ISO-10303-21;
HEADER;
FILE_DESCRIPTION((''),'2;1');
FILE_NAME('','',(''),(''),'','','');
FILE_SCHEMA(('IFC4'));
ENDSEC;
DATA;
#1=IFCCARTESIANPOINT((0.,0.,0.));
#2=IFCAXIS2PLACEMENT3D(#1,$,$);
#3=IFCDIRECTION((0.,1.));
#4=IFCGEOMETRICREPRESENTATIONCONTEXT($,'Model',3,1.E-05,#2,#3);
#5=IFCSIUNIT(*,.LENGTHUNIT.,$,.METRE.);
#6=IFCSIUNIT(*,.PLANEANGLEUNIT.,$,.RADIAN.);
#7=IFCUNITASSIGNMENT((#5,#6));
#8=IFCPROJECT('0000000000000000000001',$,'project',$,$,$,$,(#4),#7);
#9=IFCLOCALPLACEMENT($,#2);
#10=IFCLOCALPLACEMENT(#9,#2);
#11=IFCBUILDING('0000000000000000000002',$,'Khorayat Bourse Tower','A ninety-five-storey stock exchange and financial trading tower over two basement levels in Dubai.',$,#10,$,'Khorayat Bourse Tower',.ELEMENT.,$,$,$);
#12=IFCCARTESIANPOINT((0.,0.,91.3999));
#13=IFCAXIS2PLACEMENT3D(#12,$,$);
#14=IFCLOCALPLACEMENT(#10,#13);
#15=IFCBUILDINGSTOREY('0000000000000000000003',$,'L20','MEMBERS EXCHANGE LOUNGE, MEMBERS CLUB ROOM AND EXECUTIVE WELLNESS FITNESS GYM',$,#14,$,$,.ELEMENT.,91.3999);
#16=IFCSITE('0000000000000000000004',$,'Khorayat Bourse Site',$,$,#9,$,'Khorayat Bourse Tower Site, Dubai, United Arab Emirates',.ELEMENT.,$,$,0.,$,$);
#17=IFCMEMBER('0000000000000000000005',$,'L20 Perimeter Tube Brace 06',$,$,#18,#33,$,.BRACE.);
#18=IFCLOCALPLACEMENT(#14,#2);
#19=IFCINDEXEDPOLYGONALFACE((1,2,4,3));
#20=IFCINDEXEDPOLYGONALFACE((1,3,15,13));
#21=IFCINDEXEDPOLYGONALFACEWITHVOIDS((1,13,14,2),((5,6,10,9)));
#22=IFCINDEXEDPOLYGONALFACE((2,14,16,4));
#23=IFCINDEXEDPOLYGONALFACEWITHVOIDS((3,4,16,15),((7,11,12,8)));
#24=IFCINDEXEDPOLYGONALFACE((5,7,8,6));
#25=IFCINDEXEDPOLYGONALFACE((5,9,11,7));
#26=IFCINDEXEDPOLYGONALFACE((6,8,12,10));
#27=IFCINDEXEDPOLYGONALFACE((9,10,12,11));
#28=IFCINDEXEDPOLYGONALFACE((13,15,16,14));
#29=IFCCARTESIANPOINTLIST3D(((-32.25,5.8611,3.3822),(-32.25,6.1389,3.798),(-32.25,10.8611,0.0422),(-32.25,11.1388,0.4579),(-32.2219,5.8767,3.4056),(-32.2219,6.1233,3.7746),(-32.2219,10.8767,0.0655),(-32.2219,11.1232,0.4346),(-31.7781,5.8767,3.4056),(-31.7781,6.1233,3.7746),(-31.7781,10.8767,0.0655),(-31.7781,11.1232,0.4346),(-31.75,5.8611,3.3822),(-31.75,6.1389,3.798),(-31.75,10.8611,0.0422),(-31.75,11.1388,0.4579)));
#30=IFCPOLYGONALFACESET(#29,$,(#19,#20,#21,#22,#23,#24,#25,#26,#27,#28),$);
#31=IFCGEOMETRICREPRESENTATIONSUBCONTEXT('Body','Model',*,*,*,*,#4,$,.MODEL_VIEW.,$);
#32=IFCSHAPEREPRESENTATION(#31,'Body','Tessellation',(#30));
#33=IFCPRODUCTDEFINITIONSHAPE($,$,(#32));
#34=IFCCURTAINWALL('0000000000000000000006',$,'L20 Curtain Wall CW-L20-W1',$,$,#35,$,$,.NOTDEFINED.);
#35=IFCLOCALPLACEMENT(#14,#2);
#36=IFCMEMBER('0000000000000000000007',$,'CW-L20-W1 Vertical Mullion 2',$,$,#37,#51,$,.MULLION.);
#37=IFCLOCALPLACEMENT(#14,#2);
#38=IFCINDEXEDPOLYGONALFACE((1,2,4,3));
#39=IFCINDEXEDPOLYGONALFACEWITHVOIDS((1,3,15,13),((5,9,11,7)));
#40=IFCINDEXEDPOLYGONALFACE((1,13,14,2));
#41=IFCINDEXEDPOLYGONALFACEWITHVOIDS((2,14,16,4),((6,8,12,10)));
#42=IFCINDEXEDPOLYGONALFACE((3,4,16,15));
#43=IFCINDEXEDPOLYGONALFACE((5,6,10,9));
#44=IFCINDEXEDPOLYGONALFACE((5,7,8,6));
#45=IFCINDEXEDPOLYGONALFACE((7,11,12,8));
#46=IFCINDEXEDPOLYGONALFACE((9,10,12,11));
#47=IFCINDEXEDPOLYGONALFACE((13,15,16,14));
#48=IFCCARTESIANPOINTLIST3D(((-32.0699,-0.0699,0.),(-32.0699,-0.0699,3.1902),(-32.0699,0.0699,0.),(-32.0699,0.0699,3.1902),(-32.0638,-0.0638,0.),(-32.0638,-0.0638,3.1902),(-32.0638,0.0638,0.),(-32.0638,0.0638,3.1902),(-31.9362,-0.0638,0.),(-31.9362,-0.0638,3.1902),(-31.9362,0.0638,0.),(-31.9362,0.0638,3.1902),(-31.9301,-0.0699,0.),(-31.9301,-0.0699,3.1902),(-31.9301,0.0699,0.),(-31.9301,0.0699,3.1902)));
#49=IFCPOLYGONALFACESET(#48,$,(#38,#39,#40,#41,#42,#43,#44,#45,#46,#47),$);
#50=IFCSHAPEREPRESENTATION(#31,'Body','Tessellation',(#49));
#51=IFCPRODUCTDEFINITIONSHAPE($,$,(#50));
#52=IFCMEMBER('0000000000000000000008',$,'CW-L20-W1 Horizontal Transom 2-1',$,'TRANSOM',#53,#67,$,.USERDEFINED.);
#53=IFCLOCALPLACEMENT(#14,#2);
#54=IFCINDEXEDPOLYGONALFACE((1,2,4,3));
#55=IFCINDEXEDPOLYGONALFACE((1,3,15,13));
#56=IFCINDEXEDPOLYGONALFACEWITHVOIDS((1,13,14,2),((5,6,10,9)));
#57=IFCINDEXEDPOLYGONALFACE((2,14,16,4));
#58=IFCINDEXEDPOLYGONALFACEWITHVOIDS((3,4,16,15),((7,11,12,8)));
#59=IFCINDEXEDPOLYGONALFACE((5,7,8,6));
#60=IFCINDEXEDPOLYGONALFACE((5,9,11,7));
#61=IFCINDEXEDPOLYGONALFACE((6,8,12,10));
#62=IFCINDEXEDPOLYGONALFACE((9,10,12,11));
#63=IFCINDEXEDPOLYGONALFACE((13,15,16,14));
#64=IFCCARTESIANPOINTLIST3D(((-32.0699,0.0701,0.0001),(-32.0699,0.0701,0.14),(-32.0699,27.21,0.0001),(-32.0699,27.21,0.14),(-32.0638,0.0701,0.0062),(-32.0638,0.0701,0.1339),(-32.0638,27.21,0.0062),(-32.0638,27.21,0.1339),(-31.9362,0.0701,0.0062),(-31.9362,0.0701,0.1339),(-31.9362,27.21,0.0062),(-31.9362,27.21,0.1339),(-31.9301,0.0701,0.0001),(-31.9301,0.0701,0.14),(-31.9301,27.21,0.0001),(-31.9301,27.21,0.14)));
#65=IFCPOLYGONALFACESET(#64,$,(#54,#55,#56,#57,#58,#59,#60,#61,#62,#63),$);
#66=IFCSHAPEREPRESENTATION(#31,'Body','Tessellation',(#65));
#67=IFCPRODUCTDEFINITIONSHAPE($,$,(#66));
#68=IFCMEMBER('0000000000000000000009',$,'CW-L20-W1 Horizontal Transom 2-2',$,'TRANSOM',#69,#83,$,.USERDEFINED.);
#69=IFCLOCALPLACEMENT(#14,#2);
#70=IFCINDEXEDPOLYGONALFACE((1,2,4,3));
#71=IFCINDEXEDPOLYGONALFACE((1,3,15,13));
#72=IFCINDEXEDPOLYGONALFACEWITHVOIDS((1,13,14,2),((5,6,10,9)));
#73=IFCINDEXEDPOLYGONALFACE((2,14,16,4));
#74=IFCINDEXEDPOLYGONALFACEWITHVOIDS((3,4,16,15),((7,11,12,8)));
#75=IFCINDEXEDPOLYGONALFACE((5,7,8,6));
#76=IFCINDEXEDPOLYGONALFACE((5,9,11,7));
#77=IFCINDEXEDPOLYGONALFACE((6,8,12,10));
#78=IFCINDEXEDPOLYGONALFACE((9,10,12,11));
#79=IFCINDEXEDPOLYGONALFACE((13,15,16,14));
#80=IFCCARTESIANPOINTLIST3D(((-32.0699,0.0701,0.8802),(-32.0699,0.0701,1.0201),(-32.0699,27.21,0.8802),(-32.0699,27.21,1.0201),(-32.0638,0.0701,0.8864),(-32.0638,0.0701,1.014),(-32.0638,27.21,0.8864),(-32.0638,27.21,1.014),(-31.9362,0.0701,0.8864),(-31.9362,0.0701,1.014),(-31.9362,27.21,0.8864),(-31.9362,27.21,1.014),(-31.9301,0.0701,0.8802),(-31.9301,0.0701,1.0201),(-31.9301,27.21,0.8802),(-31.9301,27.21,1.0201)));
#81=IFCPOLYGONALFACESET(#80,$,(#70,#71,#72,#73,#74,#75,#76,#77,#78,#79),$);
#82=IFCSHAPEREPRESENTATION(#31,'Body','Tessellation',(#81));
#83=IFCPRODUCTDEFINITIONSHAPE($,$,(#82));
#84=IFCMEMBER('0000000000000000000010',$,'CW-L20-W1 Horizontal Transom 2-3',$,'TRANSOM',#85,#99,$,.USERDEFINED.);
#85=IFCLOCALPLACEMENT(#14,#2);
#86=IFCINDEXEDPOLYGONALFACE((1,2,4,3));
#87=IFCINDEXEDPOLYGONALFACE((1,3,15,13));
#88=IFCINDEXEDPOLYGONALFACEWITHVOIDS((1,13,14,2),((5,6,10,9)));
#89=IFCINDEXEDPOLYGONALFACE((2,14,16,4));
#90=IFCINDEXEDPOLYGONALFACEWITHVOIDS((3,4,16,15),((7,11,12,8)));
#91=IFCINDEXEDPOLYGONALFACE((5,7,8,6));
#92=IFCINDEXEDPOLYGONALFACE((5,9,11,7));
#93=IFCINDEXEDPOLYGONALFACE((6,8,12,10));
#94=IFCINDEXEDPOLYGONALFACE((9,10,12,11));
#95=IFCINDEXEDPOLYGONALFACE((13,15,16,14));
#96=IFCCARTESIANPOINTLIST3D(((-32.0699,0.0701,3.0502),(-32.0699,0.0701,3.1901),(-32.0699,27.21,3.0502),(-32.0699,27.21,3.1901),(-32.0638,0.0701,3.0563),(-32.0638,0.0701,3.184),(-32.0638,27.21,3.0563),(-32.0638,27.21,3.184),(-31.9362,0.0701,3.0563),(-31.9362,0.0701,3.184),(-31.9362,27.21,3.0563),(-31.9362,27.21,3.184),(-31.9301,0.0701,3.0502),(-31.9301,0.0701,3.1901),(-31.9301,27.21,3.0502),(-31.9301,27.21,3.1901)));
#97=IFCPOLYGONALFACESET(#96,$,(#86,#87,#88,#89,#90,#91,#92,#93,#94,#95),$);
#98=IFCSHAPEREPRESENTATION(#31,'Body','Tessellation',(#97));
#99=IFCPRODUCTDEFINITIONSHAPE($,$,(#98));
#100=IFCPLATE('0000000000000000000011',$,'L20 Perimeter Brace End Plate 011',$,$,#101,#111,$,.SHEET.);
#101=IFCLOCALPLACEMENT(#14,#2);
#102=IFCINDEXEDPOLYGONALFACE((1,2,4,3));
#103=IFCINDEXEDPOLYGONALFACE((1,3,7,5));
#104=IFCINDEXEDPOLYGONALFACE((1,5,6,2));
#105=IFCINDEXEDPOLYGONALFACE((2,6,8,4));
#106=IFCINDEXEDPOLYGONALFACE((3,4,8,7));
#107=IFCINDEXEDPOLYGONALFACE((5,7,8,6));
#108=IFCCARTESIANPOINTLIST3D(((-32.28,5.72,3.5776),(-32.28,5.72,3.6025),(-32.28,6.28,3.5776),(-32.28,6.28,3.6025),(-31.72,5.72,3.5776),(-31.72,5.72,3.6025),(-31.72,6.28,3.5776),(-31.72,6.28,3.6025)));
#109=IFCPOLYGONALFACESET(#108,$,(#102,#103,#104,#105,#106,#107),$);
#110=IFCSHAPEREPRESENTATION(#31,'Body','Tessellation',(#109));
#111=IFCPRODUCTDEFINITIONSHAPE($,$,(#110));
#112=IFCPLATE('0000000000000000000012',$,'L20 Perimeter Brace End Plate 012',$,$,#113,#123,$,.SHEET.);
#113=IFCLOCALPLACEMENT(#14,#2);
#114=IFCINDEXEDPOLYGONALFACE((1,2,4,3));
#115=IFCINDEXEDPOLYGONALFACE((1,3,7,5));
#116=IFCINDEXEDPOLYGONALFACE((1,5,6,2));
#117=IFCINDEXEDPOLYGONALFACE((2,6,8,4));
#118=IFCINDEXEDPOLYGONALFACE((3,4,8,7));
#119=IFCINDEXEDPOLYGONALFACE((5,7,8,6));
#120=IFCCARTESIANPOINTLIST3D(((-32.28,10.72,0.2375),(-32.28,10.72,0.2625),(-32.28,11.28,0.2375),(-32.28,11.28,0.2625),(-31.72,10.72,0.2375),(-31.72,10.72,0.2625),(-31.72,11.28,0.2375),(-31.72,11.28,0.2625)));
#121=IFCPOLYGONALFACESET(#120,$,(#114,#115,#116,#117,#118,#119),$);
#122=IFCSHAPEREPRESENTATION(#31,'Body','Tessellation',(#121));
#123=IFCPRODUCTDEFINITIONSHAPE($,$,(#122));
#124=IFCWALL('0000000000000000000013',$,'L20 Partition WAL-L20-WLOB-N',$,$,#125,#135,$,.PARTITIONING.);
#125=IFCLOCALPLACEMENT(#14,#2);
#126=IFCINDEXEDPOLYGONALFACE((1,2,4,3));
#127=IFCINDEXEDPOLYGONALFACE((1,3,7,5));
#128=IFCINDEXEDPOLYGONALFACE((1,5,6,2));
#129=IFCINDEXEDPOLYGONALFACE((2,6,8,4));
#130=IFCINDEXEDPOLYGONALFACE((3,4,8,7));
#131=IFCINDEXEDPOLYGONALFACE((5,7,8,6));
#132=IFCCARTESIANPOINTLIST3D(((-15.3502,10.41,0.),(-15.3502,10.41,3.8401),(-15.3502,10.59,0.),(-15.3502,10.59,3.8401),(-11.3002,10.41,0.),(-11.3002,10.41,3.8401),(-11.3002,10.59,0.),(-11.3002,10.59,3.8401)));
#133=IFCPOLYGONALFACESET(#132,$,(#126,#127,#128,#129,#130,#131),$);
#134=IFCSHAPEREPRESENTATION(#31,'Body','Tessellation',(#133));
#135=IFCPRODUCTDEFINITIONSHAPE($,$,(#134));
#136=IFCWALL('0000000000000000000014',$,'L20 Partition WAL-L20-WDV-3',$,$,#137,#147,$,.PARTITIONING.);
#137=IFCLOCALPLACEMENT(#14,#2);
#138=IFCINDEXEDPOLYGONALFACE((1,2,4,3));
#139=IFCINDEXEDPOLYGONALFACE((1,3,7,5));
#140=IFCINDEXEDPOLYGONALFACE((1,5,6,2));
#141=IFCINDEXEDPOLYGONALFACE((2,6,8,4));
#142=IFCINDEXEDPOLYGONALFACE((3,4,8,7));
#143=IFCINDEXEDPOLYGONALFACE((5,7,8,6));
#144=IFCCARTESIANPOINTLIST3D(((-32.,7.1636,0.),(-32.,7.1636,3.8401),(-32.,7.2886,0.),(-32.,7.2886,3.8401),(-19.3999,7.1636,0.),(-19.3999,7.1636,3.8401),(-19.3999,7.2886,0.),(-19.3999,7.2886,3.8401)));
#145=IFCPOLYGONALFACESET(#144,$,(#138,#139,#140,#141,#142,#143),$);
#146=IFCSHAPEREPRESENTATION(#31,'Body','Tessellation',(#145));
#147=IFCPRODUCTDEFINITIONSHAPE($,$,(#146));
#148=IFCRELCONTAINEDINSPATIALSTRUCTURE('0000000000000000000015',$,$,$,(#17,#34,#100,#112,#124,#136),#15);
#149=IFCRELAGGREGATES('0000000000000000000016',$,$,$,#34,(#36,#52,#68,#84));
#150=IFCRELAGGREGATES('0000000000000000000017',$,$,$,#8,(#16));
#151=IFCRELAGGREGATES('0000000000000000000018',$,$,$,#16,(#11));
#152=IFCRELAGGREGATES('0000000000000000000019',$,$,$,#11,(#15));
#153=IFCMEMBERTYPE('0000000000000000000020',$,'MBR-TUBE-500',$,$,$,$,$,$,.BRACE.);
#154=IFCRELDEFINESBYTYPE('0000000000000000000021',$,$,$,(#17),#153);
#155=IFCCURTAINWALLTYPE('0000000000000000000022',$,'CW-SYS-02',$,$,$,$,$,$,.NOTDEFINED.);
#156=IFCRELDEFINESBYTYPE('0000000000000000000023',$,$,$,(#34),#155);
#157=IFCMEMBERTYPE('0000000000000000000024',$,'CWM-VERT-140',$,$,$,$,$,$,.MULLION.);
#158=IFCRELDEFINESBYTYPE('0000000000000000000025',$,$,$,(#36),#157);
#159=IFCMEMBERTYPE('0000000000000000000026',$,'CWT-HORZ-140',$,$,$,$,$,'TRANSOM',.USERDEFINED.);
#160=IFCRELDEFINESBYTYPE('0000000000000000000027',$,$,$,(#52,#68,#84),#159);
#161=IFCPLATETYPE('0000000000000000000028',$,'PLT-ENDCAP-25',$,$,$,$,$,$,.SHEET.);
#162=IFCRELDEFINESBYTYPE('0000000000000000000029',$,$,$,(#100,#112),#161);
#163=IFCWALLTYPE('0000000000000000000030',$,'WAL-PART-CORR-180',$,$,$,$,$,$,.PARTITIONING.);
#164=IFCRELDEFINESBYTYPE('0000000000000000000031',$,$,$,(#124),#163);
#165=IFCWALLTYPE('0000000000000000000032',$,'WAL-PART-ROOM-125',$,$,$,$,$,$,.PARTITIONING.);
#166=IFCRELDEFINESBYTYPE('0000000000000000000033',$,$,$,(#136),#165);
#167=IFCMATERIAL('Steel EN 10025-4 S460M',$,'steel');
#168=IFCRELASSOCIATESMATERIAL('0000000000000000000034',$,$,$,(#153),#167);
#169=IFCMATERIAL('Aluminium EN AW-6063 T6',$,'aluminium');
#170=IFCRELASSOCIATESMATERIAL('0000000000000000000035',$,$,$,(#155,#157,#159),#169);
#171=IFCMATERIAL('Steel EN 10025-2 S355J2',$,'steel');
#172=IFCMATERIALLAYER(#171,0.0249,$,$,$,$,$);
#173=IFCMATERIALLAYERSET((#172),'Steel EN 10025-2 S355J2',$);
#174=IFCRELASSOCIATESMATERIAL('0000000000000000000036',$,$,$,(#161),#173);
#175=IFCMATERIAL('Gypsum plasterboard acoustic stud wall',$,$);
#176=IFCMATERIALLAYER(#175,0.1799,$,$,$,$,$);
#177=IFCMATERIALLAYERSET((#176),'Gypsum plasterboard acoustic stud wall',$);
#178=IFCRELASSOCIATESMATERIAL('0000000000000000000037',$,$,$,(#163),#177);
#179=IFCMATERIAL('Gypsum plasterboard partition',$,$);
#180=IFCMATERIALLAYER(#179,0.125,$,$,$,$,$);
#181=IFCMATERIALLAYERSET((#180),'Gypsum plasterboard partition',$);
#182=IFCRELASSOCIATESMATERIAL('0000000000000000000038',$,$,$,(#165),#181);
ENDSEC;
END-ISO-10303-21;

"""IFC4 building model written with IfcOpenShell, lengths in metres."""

from ifc_helpers import new_model, si_unit, direction, frame, frame_2d, origin, origin_2d, place, context, subcontext, project, spatial, rectangle, hollow_rectangle, extrude, source, transform, mapped, material, layer, layer_set, material_profile, profile_set, type_object, element, aggregate, save


model = new_model("IFC4")

# Units and contexts
model_context = context("Model", 3, precision=1e-05, world=origin(), true_north=direction((0.0, 1.0)))
body_context = subcontext(model_context, "Body", "Model", "MODEL_VIEW")
ifc_project = project(units=[si_unit("LENGTHUNIT", "METRE"), si_unit("PLANEANGLEUNIT", "RADIAN")], contexts=[model_context])

# Site, building, storey
site_placement = place(None, origin())
site = spatial("IfcSite", under=ifc_project, at=site_placement, Name="Khorayat Bourse Site", LongName="Khorayat Bourse Tower Site, Dubai, United Arab Emirates", CompositionType="ELEMENT", RefElevation=0.0)
building_placement = place(site_placement, origin())
building = spatial("IfcBuilding", under=site, at=building_placement, Name="Khorayat Bourse Tower", Description="A ninety-five-storey stock exchange and financial trading tower over two basement levels in Dubai.", LongName="Khorayat Bourse Tower", CompositionType="ELEMENT")
storey_placement = place(building_placement, frame((0.0, 0.0, 91.3999)))
storey = spatial("IfcBuildingStorey", under=building, at=storey_placement, Name="L20", Description="MEMBERS EXCHANGE LOUNGE, MEMBERS CLUB ROOM AND EXECUTIVE WELLNESS FITNESS GYM", CompositionType="ELEMENT", Elevation=91.3999)

# Shared definitions
ifc_material_1 = material(Name="Steel EN 10025-4 S460M", Category="steel")

# Member
ifc_material_profile_1 = material_profile(ifc_material_1, hollow_rectangle(XDim=0.5, YDim=0.5, WallThickness=0.0281, at=origin_2d()), Name="HSS 500x500x28")
ifc_profile_set_1 = profile_set([ifc_material_profile_1], Name="Steel EN 10025-4 S460M")
member_type_1 = type_object("IfcMemberType", Name="MBR-TUBE-500", PredefinedType="BRACE", material=ifc_profile_set_1)
shared_shape_1 = source(origin(), body_context, "Body", "SweptSolid", [
    extrude(hollow_rectangle(XDim=0.5, YDim=0.5, WallThickness=0.0281, at=origin_2d()), origin(), (0.0, 0.0, 1.0), 6.0129),
])
member_1_placement = place(storey_placement, frame((-32.0, 6.0, 3.5901), z_axis=(0.0, 0.831531, -0.555478), x_axis=(-1.0, 0.0, 0.0)))
element("IfcMember", 1, at=member_1_placement, inside=storey, type_object=member_type_1, Name="L20 Perimeter Tube Brace 06", PredefinedType="BRACE", context=body_context, shape_type="MappedRepresentation", body=[
    mapped(shared_shape_1, transform((0.0, 0.0, 0.0), scale=1.0)),
])

# Curtain wall, members
ifc_material_2 = material(Name="Aluminium EN AW-6063 T6", Category="aluminium")
curtain_wall_type = type_object("IfcCurtainWallType", Name="CW-SYS-02", PredefinedType="NOTDEFINED", material=ifc_material_2)
curtain_wall_placement = place(storey_placement, origin())
curtain_wall = element("IfcCurtainWall", 2, at=curtain_wall_placement, inside=storey, type_object=curtain_wall_type, Name="L20 Curtain Wall CW-L20-W1", PredefinedType="NOTDEFINED")
ifc_material_profile_2 = material_profile(ifc_material_2, hollow_rectangle(XDim=0.1399, YDim=0.1399, WallThickness=0.0061, at=origin_2d()), Name="ALU 140x140x6")
ifc_profile_set_2 = profile_set([ifc_material_profile_2], Name="Aluminium EN AW-6063 T6")
member_type_2 = type_object("IfcMemberType", Name="CWM-VERT-140", PredefinedType="MULLION", material=ifc_profile_set_2)
shared_shape_2 = source(origin(), body_context, "Body", "SweptSolid", [
    extrude(hollow_rectangle(XDim=0.1399, YDim=0.1399, WallThickness=0.0061, at=origin_2d()), origin(), (0.0, 0.0, 1.0), 3.1902),
])
member_2_placement = place(storey_placement, frame((-32.0, 0.0, 0.0), z_axis=(0.0, 0.0, 1.0), x_axis=(-1.0, 0.0, 0.0)))
member_2 = element("IfcMember", 3, at=member_2_placement, type_object=member_type_2, Name="CW-L20-W1 Vertical Mullion 2", PredefinedType="MULLION", context=body_context, shape_type="MappedRepresentation", body=[
    mapped(shared_shape_2, transform((0.0, 0.0, 0.0), scale=1.0)),
])
ifc_material_profile_3 = material_profile(ifc_material_2, hollow_rectangle(XDim=0.1399, YDim=0.1399, WallThickness=0.0061, at=origin_2d()), Name="ALU 140x140x6")
ifc_profile_set_3 = profile_set([ifc_material_profile_3], Name="Aluminium EN AW-6063 T6")
member_type_3 = type_object("IfcMemberType", Name="CWT-HORZ-140", ElementType="TRANSOM", PredefinedType="USERDEFINED", material=ifc_profile_set_3)
shared_shape_3 = source(origin(), body_context, "Body", "SweptSolid", [
    extrude(hollow_rectangle(XDim=0.1399, YDim=0.1399, WallThickness=0.0061, at=origin_2d()), origin(), (0.0, 0.0, 1.0), 27.1399),
])
member_3_placement = place(storey_placement, frame((-32.0, 0.0701, 0.0701), z_axis=(0.0, 1.0, 0.0), x_axis=(-1.0, 0.0, 0.0)))
member_3 = element("IfcMember", 4, at=member_3_placement, type_object=member_type_3, Name="CW-L20-W1 Horizontal Transom 2-1", ObjectType="TRANSOM", PredefinedType="USERDEFINED", context=body_context, shape_type="MappedRepresentation", body=[
    mapped(shared_shape_3, transform((0.0, 0.0, 0.0), scale=1.0)),
])
member_4_placement = place(storey_placement, frame((-32.0, 0.0701, 0.9502), z_axis=(0.0, 1.0, 0.0), x_axis=(-1.0, 0.0, 0.0)))
member_4 = element("IfcMember", 5, at=member_4_placement, type_object=member_type_3, Name="CW-L20-W1 Horizontal Transom 2-2", ObjectType="TRANSOM", PredefinedType="USERDEFINED", context=body_context, shape_type="MappedRepresentation", body=[
    mapped(shared_shape_3, transform((0.0, 0.0, 0.0), scale=1.0)),
])
member_5_placement = place(storey_placement, frame((-32.0, 0.0701, 3.1201), z_axis=(0.0, 1.0, 0.0), x_axis=(-1.0, 0.0, 0.0)))
member_5 = element("IfcMember", 6, at=member_5_placement, type_object=member_type_3, Name="CW-L20-W1 Horizontal Transom 2-3", ObjectType="TRANSOM", PredefinedType="USERDEFINED", context=body_context, shape_type="MappedRepresentation", body=[
    mapped(shared_shape_3, transform((0.0, 0.0, 0.0), scale=1.0)),
])
aggregate(curtain_wall, [member_2, member_3, member_4, member_5])

# Plates
ifc_material_3 = material(Name="Steel EN 10025-2 S355J2", Category="steel")
ifc_layer_1 = layer(ifc_material_3, 0.0249)
ifc_layer_set_1 = layer_set([ifc_layer_1], Name="Steel EN 10025-2 S355J2")
plate_type = type_object("IfcPlateType", Name="PLT-ENDCAP-25", PredefinedType="SHEET", material=ifc_layer_set_1)
shared_shape_4 = source(origin(), body_context, "Body", "SweptSolid", [
    extrude(rectangle(XDim=0.5601, YDim=0.5601, at=origin_2d()), origin(), (0.0, 0.0, 1.0), 0.0249),
])
for number, where, z_axis, x_axis, name in (
    (7, (-32.0, 6.0, 3.5776), (0.0, 0.0, 1.0), (1.0, 0.0, 0.0), "L20 Perimeter Brace End Plate 011"),
    (8, (-32.0, 11.0, 0.2375), (0.0, 0.0, 1.0), (1.0, 0.0, 0.0), "L20 Perimeter Brace End Plate 012"),
):
    element("IfcPlate", number, at=place(storey_placement, frame(where, z_axis=z_axis, x_axis=x_axis)), inside=storey, type_object=plate_type, Name=name, PredefinedType="SHEET", context=body_context, shape_type="MappedRepresentation", body=[
        mapped(shared_shape_4, transform((0.0, 0.0, 0.0), scale=1.0)),
    ])

# Walls
ifc_material_4 = material(Name="Gypsum plasterboard acoustic stud wall")
ifc_layer_2 = layer(ifc_material_4, 0.1799)
ifc_layer_set_2 = layer_set([ifc_layer_2], Name="Gypsum plasterboard acoustic stud wall")
wall_type_1 = type_object("IfcWallType", Name="WAL-PART-CORR-180", PredefinedType="PARTITIONING", material=ifc_layer_set_2)
shared_shape_5 = source(origin(), body_context, "Body", "SweptSolid", [
    extrude(rectangle(XDim=4.05, YDim=0.1799, at=frame_2d((2.0249, 0.0))), origin(), (0.0, 0.0, 1.0), 3.8401),
])
wall_1_placement = place(storey_placement, frame((-15.3501, 10.5, 0.0), z_axis=(0.0, 0.0, 1.0), x_axis=(1.0, 0.0, 0.0)))
element("IfcWall", 9, at=wall_1_placement, inside=storey, type_object=wall_type_1, Name="L20 Partition WAL-L20-WLOB-N", PredefinedType="PARTITIONING", context=body_context, shape_type="MappedRepresentation", body=[
    mapped(shared_shape_5, transform((0.0, 0.0, 0.0), scale=1.0)),
])
ifc_material_5 = material(Name="Gypsum plasterboard partition")
ifc_layer_3 = layer(ifc_material_5, 0.125)
ifc_layer_set_3 = layer_set([ifc_layer_3], Name="Gypsum plasterboard partition")
wall_type_2 = type_object("IfcWallType", Name="WAL-PART-ROOM-125", PredefinedType="PARTITIONING", material=ifc_layer_set_3)
shared_shape_6 = source(origin(), body_context, "Body", "SweptSolid", [
    extrude(rectangle(XDim=12.6001, YDim=0.125, at=frame_2d((6.3, 0.0))), origin(), (0.0, 0.0, 1.0), 3.8401),
])
wall_2_placement = place(storey_placement, frame((-32.0, 7.2261, 0.0), z_axis=(0.0, 0.0, 1.0), x_axis=(1.0, 0.0, 0.0)))
element("IfcWall", 10, at=wall_2_placement, inside=storey, type_object=wall_type_2, Name="L20 Partition WAL-L20-WDV-3", PredefinedType="PARTITIONING", context=body_context, shape_type="MappedRepresentation", body=[
    mapped(shared_shape_6, transform((0.0, 0.0, 0.0), scale=1.0)),
])

save(model, "model.ifc")
